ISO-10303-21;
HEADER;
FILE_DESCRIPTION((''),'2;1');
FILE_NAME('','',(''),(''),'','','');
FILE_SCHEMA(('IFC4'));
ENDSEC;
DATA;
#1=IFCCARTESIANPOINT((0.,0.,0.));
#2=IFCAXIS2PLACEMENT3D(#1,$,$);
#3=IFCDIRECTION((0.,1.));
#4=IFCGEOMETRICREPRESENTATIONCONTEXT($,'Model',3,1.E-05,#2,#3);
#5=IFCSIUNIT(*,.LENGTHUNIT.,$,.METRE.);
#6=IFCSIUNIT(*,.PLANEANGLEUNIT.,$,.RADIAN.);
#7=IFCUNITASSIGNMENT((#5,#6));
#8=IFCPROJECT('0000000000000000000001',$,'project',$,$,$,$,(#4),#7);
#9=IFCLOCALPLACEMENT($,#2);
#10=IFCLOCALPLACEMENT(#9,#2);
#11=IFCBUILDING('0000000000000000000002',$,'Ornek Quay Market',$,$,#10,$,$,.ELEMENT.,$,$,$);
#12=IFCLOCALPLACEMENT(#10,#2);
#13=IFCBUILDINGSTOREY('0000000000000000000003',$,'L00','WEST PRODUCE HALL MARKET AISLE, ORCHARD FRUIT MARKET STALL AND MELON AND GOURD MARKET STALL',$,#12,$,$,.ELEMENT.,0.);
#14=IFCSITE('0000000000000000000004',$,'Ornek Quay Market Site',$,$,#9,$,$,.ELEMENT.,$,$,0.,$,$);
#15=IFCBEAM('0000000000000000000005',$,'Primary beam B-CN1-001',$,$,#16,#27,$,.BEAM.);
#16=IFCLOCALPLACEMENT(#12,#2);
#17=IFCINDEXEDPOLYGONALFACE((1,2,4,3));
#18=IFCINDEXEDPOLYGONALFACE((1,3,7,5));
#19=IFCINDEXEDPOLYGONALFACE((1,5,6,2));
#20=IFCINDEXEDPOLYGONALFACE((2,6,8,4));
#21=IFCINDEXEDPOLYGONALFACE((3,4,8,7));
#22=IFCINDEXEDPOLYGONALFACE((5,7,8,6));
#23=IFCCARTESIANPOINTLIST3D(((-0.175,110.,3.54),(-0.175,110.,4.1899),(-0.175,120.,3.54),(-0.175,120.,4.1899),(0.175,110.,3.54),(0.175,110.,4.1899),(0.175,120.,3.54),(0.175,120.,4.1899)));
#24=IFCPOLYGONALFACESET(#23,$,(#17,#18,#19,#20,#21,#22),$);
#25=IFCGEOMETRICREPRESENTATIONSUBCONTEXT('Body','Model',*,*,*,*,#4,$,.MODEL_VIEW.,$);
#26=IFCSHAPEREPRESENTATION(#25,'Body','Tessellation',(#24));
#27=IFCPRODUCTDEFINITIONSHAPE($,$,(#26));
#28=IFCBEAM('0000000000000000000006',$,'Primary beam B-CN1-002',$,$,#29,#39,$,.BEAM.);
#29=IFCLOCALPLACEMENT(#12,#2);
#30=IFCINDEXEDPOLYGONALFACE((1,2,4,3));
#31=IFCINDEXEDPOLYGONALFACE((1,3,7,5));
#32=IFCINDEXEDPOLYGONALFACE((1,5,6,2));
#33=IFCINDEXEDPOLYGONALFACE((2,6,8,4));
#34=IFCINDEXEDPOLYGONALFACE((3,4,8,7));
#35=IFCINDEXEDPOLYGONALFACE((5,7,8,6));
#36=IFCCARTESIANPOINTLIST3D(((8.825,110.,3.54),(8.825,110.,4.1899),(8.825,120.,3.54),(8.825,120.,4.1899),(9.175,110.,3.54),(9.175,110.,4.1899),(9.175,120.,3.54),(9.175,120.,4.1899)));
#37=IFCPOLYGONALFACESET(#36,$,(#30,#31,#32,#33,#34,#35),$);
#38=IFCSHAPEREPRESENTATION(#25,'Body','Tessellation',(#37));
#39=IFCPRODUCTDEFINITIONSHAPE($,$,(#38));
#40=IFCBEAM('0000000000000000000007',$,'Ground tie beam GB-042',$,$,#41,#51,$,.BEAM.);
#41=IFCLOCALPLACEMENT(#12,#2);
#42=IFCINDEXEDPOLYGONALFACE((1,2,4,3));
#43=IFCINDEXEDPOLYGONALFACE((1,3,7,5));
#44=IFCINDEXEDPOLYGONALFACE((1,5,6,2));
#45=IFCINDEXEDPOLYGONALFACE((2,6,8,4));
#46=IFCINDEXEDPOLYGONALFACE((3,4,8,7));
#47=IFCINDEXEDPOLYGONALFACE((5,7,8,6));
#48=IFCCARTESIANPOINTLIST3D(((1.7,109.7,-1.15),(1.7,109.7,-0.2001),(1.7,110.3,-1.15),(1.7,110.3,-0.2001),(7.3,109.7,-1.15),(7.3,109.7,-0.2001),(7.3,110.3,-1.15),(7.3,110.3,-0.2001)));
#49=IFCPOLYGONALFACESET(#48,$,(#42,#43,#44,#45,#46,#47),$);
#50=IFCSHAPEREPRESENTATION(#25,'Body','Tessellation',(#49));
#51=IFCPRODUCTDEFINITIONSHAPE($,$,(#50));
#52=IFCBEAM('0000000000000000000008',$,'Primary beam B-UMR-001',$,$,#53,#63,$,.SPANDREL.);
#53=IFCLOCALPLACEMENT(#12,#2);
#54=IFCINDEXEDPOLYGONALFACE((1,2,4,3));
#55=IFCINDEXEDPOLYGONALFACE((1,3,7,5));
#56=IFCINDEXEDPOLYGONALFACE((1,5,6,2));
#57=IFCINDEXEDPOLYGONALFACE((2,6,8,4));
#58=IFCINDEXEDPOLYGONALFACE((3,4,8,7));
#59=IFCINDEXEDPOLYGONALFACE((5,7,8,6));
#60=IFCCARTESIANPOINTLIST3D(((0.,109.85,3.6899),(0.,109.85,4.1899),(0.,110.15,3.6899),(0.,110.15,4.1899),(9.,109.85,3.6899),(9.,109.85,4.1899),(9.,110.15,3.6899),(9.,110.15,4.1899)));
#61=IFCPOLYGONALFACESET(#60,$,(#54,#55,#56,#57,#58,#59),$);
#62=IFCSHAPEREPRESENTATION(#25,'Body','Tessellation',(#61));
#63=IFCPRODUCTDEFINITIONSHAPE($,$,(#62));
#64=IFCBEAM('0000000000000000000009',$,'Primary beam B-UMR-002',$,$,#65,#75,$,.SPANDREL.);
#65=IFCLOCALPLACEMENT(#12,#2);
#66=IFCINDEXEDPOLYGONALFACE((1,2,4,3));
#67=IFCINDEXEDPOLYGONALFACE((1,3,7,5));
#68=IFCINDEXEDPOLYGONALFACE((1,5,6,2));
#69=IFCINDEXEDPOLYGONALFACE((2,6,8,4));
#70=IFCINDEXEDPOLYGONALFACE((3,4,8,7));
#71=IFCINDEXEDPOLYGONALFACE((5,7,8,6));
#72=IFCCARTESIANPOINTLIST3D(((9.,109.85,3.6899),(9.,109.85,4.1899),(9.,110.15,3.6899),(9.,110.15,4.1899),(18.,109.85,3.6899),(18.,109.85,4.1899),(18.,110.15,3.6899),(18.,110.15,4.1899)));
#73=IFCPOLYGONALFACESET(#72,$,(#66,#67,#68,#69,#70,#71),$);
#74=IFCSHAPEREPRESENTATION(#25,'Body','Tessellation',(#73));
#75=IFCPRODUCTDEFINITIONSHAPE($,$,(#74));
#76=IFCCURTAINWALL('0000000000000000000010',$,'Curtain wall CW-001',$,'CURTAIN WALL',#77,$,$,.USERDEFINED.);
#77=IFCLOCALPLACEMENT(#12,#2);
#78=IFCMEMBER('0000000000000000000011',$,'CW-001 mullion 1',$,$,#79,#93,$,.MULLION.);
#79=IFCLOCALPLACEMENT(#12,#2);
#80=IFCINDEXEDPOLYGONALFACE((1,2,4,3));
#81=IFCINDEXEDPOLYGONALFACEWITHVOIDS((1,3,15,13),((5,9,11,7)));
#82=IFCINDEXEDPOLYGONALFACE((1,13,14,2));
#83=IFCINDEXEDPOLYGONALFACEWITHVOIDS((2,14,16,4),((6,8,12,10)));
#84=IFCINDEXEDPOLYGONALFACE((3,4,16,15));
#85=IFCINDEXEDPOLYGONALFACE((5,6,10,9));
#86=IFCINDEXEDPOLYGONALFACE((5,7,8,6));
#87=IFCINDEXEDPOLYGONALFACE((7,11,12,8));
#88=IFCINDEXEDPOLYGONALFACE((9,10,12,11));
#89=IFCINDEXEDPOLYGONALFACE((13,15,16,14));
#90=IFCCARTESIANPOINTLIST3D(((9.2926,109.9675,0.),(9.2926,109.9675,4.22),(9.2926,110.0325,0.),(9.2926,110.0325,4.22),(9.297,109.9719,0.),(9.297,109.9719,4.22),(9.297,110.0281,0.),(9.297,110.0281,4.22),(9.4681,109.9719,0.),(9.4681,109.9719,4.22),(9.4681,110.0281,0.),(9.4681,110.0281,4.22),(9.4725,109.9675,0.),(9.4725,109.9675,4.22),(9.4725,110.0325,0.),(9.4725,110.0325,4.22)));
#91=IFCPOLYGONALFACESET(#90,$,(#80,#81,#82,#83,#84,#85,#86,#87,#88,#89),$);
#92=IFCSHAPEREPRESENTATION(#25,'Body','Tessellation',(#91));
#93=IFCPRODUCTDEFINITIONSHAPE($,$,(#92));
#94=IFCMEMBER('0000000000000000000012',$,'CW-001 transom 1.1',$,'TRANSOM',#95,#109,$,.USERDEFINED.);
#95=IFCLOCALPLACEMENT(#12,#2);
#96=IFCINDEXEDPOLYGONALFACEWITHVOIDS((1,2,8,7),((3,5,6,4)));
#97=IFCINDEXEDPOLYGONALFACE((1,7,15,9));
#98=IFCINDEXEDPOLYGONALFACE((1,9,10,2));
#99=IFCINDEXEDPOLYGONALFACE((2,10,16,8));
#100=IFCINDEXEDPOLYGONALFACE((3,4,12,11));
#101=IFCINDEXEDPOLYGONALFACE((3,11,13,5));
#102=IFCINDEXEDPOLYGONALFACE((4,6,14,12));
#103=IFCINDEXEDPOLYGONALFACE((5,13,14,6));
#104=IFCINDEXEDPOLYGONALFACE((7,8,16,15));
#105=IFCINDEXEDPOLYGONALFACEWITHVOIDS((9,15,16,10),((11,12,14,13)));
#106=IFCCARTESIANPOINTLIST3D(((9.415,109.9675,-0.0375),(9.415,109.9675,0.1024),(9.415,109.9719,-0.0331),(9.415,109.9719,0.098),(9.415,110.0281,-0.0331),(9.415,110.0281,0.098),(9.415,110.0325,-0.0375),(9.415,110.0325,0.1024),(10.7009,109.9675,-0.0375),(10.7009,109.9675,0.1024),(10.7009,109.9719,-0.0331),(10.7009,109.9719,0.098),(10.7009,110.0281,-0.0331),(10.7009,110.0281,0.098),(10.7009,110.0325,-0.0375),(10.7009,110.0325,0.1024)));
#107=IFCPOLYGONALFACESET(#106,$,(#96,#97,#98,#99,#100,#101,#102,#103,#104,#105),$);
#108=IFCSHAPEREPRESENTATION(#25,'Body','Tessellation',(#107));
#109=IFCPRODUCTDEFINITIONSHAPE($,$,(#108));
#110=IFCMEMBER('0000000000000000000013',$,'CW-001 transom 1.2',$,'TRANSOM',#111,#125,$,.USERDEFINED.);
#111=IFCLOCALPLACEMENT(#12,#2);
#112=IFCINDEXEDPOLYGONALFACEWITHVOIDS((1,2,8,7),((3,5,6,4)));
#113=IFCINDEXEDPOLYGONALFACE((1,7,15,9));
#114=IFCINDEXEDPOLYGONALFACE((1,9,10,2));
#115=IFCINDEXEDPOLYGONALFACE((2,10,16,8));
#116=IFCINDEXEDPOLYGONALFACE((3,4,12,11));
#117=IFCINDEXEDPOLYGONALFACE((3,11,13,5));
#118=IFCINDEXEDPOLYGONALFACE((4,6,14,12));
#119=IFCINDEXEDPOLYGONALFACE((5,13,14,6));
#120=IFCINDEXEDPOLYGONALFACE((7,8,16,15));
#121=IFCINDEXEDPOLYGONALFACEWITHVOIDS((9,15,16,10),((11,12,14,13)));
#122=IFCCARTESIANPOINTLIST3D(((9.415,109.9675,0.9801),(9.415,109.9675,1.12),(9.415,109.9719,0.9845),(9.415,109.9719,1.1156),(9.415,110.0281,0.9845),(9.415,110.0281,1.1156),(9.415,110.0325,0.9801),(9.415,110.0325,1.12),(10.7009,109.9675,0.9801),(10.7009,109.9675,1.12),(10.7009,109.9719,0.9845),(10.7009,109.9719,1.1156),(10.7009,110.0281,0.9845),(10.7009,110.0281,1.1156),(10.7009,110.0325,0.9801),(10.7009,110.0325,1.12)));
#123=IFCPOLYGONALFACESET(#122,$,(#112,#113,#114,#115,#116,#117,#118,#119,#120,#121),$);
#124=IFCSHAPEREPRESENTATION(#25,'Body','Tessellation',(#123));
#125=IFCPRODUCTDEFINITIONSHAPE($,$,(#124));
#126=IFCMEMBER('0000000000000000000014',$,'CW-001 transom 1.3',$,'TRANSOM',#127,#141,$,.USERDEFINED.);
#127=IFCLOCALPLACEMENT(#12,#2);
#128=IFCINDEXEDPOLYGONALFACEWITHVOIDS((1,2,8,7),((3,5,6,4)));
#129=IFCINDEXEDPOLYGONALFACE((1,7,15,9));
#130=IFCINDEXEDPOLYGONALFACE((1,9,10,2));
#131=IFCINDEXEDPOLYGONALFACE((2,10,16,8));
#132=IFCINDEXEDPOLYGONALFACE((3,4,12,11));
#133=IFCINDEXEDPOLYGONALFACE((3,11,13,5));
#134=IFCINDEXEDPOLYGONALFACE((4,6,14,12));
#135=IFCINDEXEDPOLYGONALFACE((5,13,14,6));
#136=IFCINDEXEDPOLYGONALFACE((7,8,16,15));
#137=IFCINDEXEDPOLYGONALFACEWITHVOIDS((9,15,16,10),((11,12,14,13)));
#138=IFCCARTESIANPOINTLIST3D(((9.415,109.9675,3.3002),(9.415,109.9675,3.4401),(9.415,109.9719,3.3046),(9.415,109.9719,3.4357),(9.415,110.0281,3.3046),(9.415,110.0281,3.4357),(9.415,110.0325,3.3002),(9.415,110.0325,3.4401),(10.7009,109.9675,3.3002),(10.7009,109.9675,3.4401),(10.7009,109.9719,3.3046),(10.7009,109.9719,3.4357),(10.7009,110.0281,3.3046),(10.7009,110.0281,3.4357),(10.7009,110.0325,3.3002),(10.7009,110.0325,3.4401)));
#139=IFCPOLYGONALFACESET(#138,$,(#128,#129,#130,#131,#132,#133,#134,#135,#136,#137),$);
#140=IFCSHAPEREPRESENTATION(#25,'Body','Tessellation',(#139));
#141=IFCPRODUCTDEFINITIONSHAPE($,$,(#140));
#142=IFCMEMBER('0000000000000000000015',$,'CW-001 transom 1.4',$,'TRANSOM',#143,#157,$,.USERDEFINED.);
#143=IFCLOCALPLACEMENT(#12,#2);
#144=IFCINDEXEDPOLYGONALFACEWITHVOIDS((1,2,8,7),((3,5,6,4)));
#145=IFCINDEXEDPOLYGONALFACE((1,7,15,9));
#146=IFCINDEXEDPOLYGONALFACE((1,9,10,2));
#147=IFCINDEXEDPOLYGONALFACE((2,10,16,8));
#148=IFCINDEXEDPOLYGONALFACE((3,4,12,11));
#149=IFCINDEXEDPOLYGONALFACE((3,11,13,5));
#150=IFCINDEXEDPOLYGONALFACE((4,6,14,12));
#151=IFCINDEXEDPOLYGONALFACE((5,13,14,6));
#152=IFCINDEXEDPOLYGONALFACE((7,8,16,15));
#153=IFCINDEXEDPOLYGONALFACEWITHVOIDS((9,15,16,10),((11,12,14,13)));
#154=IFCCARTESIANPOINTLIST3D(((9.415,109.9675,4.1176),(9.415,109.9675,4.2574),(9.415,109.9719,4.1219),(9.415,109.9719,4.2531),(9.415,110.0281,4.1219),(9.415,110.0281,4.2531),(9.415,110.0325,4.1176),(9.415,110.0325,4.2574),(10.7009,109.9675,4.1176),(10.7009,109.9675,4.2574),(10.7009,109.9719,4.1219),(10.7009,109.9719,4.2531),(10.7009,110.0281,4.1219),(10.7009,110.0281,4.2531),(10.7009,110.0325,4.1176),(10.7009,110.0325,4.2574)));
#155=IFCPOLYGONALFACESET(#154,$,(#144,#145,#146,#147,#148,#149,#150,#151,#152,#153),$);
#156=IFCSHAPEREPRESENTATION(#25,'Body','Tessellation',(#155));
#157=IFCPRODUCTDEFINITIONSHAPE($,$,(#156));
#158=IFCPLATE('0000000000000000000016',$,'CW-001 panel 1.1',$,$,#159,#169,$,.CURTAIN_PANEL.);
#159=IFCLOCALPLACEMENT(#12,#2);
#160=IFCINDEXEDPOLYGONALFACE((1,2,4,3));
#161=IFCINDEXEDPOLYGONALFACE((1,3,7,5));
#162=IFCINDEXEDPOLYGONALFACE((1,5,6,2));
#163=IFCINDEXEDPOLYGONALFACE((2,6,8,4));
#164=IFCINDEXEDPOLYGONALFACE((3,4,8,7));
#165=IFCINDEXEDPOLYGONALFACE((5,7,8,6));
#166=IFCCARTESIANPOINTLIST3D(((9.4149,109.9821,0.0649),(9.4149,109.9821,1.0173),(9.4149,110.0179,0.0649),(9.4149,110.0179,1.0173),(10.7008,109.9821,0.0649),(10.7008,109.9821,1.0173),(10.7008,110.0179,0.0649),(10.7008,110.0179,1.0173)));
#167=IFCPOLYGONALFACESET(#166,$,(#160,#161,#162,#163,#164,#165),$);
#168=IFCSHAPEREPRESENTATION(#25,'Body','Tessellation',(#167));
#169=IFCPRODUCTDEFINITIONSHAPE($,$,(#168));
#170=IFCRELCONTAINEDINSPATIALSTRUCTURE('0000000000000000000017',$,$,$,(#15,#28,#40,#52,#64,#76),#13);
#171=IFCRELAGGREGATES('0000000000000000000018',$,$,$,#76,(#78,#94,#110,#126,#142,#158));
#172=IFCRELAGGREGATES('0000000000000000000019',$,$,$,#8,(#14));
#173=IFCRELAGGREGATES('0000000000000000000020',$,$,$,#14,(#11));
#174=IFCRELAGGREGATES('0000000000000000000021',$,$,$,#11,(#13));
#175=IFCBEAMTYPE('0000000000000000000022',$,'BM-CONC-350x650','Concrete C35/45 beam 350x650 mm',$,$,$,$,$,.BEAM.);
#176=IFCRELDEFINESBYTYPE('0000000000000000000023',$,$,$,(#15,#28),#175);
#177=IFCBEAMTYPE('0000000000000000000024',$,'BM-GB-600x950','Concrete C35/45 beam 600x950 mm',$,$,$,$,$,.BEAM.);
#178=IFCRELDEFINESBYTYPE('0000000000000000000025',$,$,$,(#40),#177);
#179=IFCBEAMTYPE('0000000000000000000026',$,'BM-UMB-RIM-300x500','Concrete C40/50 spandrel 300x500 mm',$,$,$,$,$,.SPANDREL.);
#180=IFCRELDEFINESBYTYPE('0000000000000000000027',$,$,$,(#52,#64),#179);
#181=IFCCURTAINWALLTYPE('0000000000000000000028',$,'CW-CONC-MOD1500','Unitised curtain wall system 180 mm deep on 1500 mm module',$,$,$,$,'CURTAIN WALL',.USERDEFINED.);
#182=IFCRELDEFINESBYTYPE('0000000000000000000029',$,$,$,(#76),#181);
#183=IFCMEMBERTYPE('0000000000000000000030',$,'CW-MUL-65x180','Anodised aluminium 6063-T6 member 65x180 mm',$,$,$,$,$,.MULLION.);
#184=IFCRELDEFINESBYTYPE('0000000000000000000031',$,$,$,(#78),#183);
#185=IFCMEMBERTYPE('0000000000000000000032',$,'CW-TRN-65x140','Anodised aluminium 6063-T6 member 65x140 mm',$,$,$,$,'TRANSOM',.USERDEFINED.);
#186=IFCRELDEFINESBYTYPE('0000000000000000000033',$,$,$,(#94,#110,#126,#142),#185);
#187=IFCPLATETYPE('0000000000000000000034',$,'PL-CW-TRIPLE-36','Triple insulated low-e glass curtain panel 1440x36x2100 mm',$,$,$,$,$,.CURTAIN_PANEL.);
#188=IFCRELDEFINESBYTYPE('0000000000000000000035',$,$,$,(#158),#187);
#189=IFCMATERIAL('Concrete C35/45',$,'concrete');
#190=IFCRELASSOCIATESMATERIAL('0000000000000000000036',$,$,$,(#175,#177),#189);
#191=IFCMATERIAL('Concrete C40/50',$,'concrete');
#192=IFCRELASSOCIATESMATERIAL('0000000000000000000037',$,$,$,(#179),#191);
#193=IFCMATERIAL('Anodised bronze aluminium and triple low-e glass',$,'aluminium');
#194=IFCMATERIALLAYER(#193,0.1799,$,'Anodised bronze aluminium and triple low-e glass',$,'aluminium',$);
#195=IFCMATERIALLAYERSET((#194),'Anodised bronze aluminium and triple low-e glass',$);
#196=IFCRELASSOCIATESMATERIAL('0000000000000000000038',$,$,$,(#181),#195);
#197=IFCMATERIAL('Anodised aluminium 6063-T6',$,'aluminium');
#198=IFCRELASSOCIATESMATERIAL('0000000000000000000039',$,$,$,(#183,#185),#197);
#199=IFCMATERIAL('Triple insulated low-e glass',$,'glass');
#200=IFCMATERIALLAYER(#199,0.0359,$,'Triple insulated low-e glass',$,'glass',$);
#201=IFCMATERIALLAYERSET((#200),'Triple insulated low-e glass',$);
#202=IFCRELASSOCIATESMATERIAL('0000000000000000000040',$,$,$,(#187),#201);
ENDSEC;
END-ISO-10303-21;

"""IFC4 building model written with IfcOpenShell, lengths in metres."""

from ifc_helpers import new_model, si_unit, direction, frame, origin, origin_2d, place, context, subcontext, project, spatial, rectangle, hollow_rectangle, extrude, material, layer, layer_set, material_profile, profile_set, type_object, element, aggregate, save


model = new_model("IFC4")

# Units and contexts
model_context = context("Model", 3, precision=1e-05, world=origin(), true_north=direction((0.0, 1.0)))
body_context = subcontext(model_context, "Body", "Model", "MODEL_VIEW")
ifc_project = project(units=[si_unit("LENGTHUNIT", "METRE"), si_unit("PLANEANGLEUNIT", "RADIAN")], contexts=[model_context])

# Site, building, storey
site_placement = place(None, origin())
site = spatial("IfcSite", under=ifc_project, at=site_placement, Name="Ornek Quay Market Site", CompositionType="ELEMENT", RefElevation=0.0)
building_placement = place(site_placement, origin())
building = spatial("IfcBuilding", under=site, at=building_placement, Name="Ornek Quay Market", CompositionType="ELEMENT")
storey_placement = place(building_placement, origin())
storey = spatial("IfcBuildingStorey", under=building, at=storey_placement, Name="L00", Description="WEST PRODUCE HALL MARKET AISLE, ORCHARD FRUIT MARKET STALL AND MELON AND GOURD MARKET STALL", CompositionType="ELEMENT", Elevation=0.0)

# Shared definitions
ifc_material_1 = material(Name="Concrete C35/45", Category="concrete")

# Shared definitions
ifc_material_2 = material(Name="Concrete C40/50", Category="concrete")

# Beams
ifc_material_profile_1 = material_profile(ifc_material_1, rectangle(XDim=0.3501, YDim=0.6499, at=origin_2d()), Name="RC 350x650", Category="concrete")
ifc_profile_set_1 = profile_set([ifc_material_profile_1], Name="Concrete C35/45")
beam_type_1 = type_object("IfcBeamType", Name="BM-CONC-350x650", Description="Concrete C35/45 beam 350x650 mm", PredefinedType="BEAM", material=ifc_profile_set_1)
for number, where, z_axis, x_axis, name in (
    (1, (0.0, 110.0, 3.865), (0.0, 1.0, 0.0), (-1.0, 0.0, 0.0), "Primary beam B-CN1-001"),
    (2, (9.0, 110.0, 3.865), (0.0, 1.0, 0.0), (-1.0, 0.0, 0.0), "Primary beam B-CN1-002"),
):
    element("IfcBeam", number, at=place(storey_placement, frame(where, z_axis=z_axis, x_axis=x_axis)), inside=storey, type_object=beam_type_1, Name=name, PredefinedType="BEAM", context=body_context, shape_type="SweptSolid", body=[
        extrude(rectangle(XDim=0.3501, YDim=0.6499, at=origin_2d()), origin(), (0.0, 0.0, 1.0), 10.0),
    ])
ifc_material_profile_2 = material_profile(ifc_material_1, rectangle(XDim=0.6001, YDim=0.95, at=origin_2d()), Name="RC 600x950", Category="concrete")
ifc_profile_set_2 = profile_set([ifc_material_profile_2], Name="Concrete C35/45")
beam_type_2 = type_object("IfcBeamType", Name="BM-GB-600x950", Description="Concrete C35/45 beam 600x950 mm", PredefinedType="BEAM", material=ifc_profile_set_2)
beam_placement = place(storey_placement, frame((1.7, 110.0, -0.675), z_axis=(1.0, 0.0, 0.0), x_axis=(0.0, 1.0, 0.0)))
element("IfcBeam", 3, at=beam_placement, inside=storey, type_object=beam_type_2, Name="Ground tie beam GB-042", PredefinedType="BEAM", context=body_context, shape_type="SweptSolid", body=[
    extrude(rectangle(XDim=0.6001, YDim=0.95, at=origin_2d()), origin(), (0.0, 0.0, 1.0), 5.6001),
])
ifc_material_profile_3 = material_profile(ifc_material_2, rectangle(XDim=0.3, YDim=0.5, at=origin_2d()), Name="RC 300x500", Category="concrete")
ifc_profile_set_3 = profile_set([ifc_material_profile_3], Name="Concrete C40/50")
beam_type_3 = type_object("IfcBeamType", Name="BM-UMB-RIM-300x500", Description="Concrete C40/50 spandrel 300x500 mm", PredefinedType="SPANDREL", material=ifc_profile_set_3)
for number, where, z_axis, x_axis, name in (
    (4, (0.0, 110.0, 3.9399), (1.0, 0.0, 0.0), (0.0, 1.0, 0.0), "Primary beam B-UMR-001"),
    (5, (9.0, 110.0, 3.9399), (1.0, 0.0, 0.0), (0.0, 1.0, 0.0), "Primary beam B-UMR-002"),
):
    element("IfcBeam", number, at=place(storey_placement, frame(where, z_axis=z_axis, x_axis=x_axis)), inside=storey, type_object=beam_type_3, Name=name, PredefinedType="SPANDREL", context=body_context, shape_type="SweptSolid", body=[
        extrude(rectangle(XDim=0.3, YDim=0.5, at=origin_2d()), origin(), (0.0, 0.0, 1.0), 9.0),
    ])

# Curtain wall, members, plate
ifc_material_3 = material(Name="Anodised bronze aluminium and triple low-e glass", Category="aluminium")
ifc_layer_1 = layer(ifc_material_3, 0.1799, Name="Anodised bronze aluminium and triple low-e glass", Category="aluminium")
ifc_layer_set_1 = layer_set([ifc_layer_1], Name="Anodised bronze aluminium and triple low-e glass")
curtain_wall_type = type_object("IfcCurtainWallType", Name="CW-CONC-MOD1500", Description="Unitised curtain wall system 180 mm deep on 1500 mm module", ElementType="CURTAIN WALL", PredefinedType="USERDEFINED", material=ifc_layer_set_1)
curtain_wall_placement = place(storey_placement, origin())
curtain_wall = element("IfcCurtainWall", 6, at=curtain_wall_placement, inside=storey, type_object=curtain_wall_type, Name="Curtain wall CW-001", ObjectType="CURTAIN WALL", PredefinedType="USERDEFINED")
ifc_material_4 = material(Name="Anodised aluminium 6063-T6", Category="aluminium")
ifc_material_profile_4 = material_profile(ifc_material_4, hollow_rectangle(XDim=0.0649, YDim=0.1799, WallThickness=0.0044, at=origin_2d()), Name="CW-MUL-65x180", Category="aluminium")
ifc_profile_set_4 = profile_set([ifc_material_profile_4], Name="Anodised aluminium 6063-T6")
member_type_1 = type_object("IfcMemberType", Name="CW-MUL-65x180", Description="Anodised aluminium 6063-T6 member 65x180 mm", PredefinedType="MULLION", material=ifc_profile_set_4)
member_1_placement = place(storey_placement, frame((9.3826, 110.0, 0.0), z_axis=(0.0, 0.0, 1.0), x_axis=(0.0, 1.0, 0.0)))
member_1 = element("IfcMember", 7, at=member_1_placement, type_object=member_type_1, Name="CW-001 mullion 1", PredefinedType="MULLION", context=body_context, shape_type="SweptSolid", body=[
    extrude(hollow_rectangle(XDim=0.0649, YDim=0.1799, WallThickness=0.0044, at=origin_2d()), origin(), (0.0, 0.0, 1.0), 4.22),
])
ifc_material_profile_5 = material_profile(ifc_material_4, hollow_rectangle(XDim=0.0649, YDim=0.1399, WallThickness=0.0044, at=origin_2d()), Name="CW-TRN-65x140", Category="aluminium")
ifc_profile_set_5 = profile_set([ifc_material_profile_5], Name="Anodised aluminium 6063-T6")
member_type_2 = type_object("IfcMemberType", Name="CW-TRN-65x140", Description="Anodised aluminium 6063-T6 member 65x140 mm", ElementType="TRANSOM", PredefinedType="USERDEFINED", material=ifc_profile_set_5)
member_2_placement = place(storey_placement, frame((9.415, 110.0, 0.0325), z_axis=(1.0, 0.0, 0.0), x_axis=(0.0, 1.0, 0.0)))
member_2 = element("IfcMember", 8, at=member_2_placement, type_object=member_type_2, Name="CW-001 transom 1.1", ObjectType="TRANSOM", PredefinedType="USERDEFINED", context=body_context, shape_type="SweptSolid", body=[
    extrude(hollow_rectangle(XDim=0.0649, YDim=0.1399, WallThickness=0.0044, at=origin_2d()), origin(), (0.0, 0.0, 1.0), 1.2859),
])
member_3_placement = place(storey_placement, frame((9.415, 110.0, 1.05), z_axis=(1.0, 0.0, 0.0), x_axis=(0.0, 1.0, 0.0)))
member_3 = element("IfcMember", 9, at=member_3_placement, type_object=member_type_2, Name="CW-001 transom 1.2", ObjectType="TRANSOM", PredefinedType="USERDEFINED", context=body_context, shape_type="SweptSolid", body=[
    extrude(hollow_rectangle(XDim=0.0649, YDim=0.1399, WallThickness=0.0044, at=origin_2d()), origin(), (0.0, 0.0, 1.0), 1.2859),
])
member_4_placement = place(storey_placement, frame((9.415, 110.0, 3.3701), z_axis=(1.0, 0.0, 0.0), x_axis=(0.0, 1.0, 0.0)))
member_4 = element("IfcMember", 10, at=member_4_placement, type_object=member_type_2, Name="CW-001 transom 1.3", ObjectType="TRANSOM", PredefinedType="USERDEFINED", context=body_context, shape_type="SweptSolid", body=[
    extrude(hollow_rectangle(XDim=0.0649, YDim=0.1399, WallThickness=0.0044, at=origin_2d()), origin(), (0.0, 0.0, 1.0), 1.2859),
])
member_5_placement = place(storey_placement, frame((9.415, 110.0, 4.1875), z_axis=(1.0, 0.0, 0.0), x_axis=(0.0, 1.0, 0.0)))
member_5 = element("IfcMember", 11, at=member_5_placement, type_object=member_type_2, Name="CW-001 transom 1.4", ObjectType="TRANSOM", PredefinedType="USERDEFINED", context=body_context, shape_type="SweptSolid", body=[
    extrude(hollow_rectangle(XDim=0.0649, YDim=0.1399, WallThickness=0.0044, at=origin_2d()), origin(), (0.0, 0.0, 1.0), 1.2859),
])
ifc_material_5 = material(Name="Triple insulated low-e glass", Category="glass")
ifc_layer_2 = layer(ifc_material_5, 0.0359, Name="Triple insulated low-e glass", Category="glass")
ifc_layer_set_2 = layer_set([ifc_layer_2], Name="Triple insulated low-e glass")
plate_type = type_object("IfcPlateType", Name="PL-CW-TRIPLE-36", Description="Triple insulated low-e glass curtain panel 1440x36x2100 mm", PredefinedType="CURTAIN_PANEL", material=ifc_layer_set_2)
plate_placement = place(storey_placement, frame((10.0579, 110.0, 0.0649), z_axis=(0.0, 0.0, 1.0), x_axis=(1.0, 0.0, 0.0)))
plate = element("IfcPlate", 12, at=plate_placement, type_object=plate_type, Name="CW-001 panel 1.1", PredefinedType="CURTAIN_PANEL", context=body_context, shape_type="SweptSolid", body=[
    extrude(rectangle(XDim=1.2859, YDim=0.0359, at=origin_2d()), origin(), (0.0, 0.0, 1.0), 0.9524),
])
aggregate(curtain_wall, [member_1, member_2, member_3, member_4, member_5, plate])

save(model, "model.ifc")
